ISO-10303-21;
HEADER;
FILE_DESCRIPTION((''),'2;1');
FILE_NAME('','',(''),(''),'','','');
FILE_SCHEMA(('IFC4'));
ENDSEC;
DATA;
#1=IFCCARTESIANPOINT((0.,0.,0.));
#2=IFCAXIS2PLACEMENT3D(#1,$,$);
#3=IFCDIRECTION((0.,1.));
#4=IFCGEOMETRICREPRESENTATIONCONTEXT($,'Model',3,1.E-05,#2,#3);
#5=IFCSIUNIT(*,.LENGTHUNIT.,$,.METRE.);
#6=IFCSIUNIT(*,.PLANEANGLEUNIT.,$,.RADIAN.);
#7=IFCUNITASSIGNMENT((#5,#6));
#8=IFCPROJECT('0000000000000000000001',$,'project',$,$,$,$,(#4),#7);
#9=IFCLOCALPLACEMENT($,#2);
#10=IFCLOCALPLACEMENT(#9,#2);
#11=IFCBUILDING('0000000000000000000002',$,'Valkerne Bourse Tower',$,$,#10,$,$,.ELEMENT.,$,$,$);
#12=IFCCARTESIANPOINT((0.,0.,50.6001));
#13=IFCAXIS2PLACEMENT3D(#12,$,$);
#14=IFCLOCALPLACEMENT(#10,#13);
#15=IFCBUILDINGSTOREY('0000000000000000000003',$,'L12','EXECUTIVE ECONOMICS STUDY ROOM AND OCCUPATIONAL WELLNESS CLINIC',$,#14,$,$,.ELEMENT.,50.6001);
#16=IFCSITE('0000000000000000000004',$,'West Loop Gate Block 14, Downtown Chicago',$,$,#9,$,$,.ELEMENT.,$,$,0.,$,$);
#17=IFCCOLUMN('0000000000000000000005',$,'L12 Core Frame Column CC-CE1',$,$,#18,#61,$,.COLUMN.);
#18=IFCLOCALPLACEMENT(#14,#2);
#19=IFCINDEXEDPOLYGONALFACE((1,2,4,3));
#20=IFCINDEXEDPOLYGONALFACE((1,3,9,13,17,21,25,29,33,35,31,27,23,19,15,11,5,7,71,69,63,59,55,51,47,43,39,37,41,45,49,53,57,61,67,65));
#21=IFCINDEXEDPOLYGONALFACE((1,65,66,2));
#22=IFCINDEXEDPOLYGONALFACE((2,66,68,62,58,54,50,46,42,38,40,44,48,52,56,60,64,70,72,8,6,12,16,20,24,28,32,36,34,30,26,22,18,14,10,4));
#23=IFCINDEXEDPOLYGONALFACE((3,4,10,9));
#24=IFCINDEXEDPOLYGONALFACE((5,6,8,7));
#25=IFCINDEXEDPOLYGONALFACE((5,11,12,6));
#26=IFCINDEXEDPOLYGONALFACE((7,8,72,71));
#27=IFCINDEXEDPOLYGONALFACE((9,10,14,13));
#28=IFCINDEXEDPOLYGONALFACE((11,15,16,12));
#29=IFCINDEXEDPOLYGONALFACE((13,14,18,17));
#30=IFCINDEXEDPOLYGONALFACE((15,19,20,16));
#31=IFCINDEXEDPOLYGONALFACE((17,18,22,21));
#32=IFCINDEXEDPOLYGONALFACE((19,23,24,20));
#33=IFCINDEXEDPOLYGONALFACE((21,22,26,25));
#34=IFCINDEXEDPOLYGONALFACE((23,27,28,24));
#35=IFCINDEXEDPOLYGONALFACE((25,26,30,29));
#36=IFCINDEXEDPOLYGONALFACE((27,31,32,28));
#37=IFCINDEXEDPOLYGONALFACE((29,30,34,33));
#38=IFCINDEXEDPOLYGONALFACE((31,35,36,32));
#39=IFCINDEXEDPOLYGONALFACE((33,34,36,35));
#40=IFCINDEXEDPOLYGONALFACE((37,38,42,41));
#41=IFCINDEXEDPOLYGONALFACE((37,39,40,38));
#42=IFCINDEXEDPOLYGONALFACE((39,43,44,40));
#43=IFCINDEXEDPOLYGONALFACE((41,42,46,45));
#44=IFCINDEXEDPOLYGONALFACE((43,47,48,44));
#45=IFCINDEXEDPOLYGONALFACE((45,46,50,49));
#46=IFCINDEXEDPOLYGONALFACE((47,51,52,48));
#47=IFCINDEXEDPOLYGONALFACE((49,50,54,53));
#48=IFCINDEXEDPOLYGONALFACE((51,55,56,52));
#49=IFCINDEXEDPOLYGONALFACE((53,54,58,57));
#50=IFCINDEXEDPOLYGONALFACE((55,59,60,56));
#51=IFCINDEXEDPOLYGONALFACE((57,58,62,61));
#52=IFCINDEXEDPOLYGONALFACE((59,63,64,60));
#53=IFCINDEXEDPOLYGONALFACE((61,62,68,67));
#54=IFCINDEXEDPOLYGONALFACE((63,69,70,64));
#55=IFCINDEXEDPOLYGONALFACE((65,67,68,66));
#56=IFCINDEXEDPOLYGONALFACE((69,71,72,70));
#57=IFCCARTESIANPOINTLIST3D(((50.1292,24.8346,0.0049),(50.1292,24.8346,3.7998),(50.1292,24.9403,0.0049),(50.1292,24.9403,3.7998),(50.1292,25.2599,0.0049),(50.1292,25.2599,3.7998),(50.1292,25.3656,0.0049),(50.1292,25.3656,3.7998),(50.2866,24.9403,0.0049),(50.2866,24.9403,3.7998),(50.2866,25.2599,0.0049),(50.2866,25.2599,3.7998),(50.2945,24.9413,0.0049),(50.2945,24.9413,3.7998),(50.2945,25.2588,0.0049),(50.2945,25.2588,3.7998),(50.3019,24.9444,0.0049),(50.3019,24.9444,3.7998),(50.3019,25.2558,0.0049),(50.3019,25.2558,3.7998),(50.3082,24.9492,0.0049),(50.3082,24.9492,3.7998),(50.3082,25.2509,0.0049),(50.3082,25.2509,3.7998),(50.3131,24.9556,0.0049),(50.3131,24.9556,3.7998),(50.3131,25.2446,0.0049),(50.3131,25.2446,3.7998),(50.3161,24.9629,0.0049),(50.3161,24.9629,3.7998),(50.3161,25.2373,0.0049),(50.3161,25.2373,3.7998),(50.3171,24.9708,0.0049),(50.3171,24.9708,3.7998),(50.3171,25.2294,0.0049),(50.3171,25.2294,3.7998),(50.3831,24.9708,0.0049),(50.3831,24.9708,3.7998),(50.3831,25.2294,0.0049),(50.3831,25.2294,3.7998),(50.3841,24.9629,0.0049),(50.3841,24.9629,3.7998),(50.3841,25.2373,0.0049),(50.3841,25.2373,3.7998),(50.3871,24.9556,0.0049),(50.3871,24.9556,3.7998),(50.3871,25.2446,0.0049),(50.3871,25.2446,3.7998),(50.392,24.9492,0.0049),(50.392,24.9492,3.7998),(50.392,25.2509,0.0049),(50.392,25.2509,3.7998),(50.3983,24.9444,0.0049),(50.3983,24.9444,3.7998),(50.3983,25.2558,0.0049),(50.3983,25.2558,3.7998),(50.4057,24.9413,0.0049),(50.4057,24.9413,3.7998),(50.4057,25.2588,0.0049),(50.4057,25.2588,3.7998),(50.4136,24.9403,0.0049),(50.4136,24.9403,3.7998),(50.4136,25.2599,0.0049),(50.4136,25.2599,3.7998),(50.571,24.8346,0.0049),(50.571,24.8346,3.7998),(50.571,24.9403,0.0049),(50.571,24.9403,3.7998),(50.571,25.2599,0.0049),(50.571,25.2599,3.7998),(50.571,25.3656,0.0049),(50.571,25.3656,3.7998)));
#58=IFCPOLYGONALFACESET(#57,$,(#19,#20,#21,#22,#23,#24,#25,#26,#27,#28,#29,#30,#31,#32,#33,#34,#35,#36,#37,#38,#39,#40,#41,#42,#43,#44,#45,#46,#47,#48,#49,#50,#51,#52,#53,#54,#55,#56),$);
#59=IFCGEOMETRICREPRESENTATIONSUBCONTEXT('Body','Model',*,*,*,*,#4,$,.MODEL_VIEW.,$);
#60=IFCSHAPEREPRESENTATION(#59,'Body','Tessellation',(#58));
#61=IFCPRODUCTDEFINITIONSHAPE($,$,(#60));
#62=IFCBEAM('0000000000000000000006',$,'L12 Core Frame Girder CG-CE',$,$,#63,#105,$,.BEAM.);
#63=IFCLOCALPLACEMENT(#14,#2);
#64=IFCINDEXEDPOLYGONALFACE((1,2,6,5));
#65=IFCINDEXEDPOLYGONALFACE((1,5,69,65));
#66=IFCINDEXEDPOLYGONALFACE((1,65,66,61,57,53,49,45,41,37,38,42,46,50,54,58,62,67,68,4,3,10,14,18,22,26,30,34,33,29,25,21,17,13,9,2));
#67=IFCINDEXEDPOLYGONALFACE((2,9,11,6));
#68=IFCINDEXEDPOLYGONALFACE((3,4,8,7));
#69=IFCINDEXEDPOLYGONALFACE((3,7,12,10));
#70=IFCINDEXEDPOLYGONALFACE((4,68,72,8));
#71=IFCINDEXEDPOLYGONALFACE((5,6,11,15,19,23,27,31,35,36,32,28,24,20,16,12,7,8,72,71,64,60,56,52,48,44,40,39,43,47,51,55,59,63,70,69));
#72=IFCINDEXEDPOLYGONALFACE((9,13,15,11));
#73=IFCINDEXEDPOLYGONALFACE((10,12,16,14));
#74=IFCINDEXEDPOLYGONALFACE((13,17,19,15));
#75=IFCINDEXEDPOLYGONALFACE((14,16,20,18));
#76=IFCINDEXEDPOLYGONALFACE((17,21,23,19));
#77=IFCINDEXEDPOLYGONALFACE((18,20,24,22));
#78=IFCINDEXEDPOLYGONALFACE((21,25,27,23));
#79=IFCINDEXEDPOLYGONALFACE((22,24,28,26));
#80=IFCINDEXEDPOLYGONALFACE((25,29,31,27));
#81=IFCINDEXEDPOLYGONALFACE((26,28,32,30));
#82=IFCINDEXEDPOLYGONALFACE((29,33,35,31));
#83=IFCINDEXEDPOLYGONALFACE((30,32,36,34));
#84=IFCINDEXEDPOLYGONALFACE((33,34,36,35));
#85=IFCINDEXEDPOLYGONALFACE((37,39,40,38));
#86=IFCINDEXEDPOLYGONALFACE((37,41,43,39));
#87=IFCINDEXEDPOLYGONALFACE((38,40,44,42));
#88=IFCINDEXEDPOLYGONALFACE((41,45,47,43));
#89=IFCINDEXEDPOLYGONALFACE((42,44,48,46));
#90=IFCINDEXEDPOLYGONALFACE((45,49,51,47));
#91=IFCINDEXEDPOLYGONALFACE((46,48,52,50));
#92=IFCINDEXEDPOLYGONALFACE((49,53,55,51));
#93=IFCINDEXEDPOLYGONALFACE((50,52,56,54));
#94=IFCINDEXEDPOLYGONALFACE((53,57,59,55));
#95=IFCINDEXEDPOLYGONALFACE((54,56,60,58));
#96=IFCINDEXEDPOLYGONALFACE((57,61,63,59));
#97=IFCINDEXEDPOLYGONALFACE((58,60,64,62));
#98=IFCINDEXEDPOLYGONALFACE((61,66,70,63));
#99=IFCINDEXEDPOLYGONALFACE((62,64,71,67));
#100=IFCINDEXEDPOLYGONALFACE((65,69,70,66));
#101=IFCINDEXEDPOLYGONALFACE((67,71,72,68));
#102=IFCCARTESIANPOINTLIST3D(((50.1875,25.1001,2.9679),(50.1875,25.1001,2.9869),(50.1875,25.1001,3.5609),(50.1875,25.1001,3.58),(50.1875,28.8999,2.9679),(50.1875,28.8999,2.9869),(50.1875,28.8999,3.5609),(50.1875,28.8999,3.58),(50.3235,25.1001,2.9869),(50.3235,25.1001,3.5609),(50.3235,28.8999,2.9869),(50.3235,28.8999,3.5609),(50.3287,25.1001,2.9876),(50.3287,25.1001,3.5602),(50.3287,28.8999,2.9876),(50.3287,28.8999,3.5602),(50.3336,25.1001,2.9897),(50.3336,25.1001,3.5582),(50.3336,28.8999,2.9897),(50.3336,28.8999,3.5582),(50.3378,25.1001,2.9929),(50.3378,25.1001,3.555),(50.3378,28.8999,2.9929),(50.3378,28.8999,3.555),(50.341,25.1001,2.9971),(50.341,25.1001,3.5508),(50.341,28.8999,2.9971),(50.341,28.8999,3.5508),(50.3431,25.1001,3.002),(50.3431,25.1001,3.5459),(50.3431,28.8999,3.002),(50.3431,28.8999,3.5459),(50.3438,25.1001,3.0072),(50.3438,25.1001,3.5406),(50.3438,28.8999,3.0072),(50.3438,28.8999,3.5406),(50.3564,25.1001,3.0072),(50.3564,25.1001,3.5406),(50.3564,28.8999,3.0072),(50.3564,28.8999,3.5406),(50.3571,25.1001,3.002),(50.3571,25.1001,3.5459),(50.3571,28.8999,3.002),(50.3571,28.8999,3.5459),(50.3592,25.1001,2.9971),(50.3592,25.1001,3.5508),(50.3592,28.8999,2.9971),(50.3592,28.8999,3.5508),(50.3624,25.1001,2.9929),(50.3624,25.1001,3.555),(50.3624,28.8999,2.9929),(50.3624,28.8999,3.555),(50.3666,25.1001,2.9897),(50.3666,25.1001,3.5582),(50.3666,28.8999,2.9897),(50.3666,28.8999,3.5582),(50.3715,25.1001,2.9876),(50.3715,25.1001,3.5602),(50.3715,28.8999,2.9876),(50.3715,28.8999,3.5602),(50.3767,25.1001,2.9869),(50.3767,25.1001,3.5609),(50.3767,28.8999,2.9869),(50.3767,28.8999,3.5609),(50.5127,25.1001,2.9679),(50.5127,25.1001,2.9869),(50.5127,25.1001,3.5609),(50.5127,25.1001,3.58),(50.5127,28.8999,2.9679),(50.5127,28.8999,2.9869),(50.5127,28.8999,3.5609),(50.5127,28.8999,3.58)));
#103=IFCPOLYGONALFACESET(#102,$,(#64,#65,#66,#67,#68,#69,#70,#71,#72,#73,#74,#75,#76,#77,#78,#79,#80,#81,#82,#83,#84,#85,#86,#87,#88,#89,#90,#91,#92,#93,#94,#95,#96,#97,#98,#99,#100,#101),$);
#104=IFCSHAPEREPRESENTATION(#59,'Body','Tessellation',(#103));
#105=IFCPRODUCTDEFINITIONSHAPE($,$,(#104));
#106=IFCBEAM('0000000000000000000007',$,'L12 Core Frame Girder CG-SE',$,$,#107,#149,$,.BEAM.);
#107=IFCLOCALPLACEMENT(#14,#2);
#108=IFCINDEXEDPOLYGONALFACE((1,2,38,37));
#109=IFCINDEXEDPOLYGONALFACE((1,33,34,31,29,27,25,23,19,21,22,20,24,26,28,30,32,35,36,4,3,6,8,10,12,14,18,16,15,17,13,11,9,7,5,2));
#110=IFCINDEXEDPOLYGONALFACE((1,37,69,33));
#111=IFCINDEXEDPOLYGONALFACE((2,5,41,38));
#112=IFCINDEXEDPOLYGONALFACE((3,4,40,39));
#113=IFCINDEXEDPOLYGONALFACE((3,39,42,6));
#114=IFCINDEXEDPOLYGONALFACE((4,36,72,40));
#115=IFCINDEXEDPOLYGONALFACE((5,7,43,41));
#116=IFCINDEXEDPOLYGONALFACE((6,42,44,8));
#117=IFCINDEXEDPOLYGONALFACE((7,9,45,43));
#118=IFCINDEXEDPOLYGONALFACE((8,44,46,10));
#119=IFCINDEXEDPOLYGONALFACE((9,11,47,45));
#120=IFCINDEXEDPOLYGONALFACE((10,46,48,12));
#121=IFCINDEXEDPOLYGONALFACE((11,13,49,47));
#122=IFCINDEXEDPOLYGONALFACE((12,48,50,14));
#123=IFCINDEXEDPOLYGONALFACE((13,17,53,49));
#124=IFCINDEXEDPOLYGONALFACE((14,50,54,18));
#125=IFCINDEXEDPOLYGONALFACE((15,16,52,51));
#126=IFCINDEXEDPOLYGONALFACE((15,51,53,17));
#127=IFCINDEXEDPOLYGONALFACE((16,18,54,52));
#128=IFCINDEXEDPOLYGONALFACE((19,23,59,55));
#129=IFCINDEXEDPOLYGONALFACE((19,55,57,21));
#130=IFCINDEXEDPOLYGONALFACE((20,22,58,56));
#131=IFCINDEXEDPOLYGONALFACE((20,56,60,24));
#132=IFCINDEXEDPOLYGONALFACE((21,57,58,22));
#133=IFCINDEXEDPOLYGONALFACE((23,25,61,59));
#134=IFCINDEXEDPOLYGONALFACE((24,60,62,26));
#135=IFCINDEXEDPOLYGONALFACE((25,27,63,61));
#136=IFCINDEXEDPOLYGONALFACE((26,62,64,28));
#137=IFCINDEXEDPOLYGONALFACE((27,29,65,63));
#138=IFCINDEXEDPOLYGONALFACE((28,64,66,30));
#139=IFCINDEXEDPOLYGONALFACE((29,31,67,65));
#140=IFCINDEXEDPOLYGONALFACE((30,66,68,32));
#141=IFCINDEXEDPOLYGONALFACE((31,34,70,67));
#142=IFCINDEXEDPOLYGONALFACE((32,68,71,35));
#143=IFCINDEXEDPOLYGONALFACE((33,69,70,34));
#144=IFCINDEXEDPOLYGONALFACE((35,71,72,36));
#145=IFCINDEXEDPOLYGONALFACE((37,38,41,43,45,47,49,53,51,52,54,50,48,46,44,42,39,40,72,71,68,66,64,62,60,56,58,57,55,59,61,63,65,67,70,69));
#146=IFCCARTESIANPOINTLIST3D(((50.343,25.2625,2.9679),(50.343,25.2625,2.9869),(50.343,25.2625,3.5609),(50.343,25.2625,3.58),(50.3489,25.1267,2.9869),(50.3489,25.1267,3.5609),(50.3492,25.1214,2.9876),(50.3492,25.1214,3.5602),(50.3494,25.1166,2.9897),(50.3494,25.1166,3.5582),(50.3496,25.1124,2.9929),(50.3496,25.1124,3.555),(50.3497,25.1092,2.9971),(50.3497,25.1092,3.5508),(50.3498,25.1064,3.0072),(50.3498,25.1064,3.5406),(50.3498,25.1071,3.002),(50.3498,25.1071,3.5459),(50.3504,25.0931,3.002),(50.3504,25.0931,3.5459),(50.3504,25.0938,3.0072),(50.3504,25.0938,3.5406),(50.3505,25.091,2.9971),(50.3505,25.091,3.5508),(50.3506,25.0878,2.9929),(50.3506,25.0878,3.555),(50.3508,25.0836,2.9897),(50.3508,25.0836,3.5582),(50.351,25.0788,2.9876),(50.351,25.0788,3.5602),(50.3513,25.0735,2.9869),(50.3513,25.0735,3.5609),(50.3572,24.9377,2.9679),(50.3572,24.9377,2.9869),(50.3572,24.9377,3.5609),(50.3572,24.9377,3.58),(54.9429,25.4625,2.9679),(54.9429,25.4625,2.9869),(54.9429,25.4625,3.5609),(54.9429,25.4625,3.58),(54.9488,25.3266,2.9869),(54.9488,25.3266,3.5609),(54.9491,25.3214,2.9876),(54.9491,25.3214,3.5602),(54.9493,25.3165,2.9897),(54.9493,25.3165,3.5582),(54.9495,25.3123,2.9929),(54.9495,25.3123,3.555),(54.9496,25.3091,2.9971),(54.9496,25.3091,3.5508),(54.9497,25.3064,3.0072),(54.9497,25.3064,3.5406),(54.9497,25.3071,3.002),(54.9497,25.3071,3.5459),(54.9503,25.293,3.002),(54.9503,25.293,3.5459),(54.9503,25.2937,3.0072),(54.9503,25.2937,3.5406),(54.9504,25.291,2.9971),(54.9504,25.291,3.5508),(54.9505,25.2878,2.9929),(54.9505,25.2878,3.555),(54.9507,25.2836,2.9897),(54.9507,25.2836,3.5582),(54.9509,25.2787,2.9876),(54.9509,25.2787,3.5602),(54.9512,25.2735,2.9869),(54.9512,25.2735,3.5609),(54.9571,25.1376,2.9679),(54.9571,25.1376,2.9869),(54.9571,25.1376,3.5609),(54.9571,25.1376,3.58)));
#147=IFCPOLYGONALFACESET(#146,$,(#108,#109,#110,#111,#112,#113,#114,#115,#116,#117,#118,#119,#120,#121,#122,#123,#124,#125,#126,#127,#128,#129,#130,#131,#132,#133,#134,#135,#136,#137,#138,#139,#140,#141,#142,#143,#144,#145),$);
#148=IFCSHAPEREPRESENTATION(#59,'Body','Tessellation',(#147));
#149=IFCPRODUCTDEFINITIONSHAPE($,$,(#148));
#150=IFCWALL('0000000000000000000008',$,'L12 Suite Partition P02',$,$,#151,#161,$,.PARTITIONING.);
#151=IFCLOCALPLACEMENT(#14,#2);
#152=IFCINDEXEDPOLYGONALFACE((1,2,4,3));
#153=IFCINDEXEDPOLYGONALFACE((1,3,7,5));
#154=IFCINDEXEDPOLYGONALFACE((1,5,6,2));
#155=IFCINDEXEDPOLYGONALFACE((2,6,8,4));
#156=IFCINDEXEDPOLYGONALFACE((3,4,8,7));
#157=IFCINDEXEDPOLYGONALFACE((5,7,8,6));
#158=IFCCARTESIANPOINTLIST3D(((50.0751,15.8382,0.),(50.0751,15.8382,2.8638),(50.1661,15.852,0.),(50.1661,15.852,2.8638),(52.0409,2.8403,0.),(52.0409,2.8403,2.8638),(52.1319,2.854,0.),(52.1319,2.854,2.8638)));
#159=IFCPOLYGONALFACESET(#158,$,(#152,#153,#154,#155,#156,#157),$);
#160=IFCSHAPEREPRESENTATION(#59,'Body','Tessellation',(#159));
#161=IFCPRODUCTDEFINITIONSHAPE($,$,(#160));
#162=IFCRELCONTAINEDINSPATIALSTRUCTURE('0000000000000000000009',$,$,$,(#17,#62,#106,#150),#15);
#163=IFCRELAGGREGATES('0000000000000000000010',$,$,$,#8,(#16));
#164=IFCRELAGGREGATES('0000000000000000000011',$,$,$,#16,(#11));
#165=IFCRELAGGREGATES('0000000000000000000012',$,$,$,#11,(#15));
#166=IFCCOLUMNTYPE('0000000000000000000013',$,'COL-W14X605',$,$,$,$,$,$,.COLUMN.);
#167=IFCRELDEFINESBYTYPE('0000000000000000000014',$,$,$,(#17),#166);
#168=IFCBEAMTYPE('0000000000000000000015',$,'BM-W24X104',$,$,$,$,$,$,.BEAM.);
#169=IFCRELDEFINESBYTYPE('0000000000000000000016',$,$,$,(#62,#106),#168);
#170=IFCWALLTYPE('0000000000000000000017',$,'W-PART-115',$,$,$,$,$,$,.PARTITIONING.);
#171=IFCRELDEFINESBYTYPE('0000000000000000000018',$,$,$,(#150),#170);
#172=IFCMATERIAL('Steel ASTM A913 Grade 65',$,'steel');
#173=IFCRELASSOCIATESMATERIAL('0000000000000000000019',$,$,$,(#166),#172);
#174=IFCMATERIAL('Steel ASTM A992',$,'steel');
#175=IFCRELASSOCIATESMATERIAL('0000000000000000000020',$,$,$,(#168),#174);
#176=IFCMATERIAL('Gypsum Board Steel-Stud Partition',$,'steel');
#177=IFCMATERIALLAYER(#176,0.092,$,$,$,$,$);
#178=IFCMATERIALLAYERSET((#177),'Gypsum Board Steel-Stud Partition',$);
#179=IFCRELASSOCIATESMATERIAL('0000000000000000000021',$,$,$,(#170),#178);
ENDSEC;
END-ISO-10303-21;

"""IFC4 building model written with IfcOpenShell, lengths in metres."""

from ifc_helpers import new_model, si_unit, direction, frame, frame_2d, origin, origin_2d, place, context, subcontext, project, spatial, rectangle, i_section, extrude, material, layer, layer_set, material_profile, profile_set, type_object, element, save


model = new_model("IFC4")

# Units and contexts
model_context = context("Model", 3, precision=1e-05, world=origin(), true_north=direction((0.0, 1.0)))
body_context = subcontext(model_context, "Body", "Model", "MODEL_VIEW")
ifc_project = project(units=[si_unit("LENGTHUNIT", "METRE"), si_unit("PLANEANGLEUNIT", "RADIAN")], contexts=[model_context])

# Site, building, storey
site_placement = place(None, origin())
site = spatial("IfcSite", under=ifc_project, at=site_placement, Name="West Loop Gate Block 14, Downtown Chicago", CompositionType="ELEMENT", RefElevation=0.0)
building_placement = place(site_placement, origin())
building = spatial("IfcBuilding", under=site, at=building_placement, Name="Valkerne Bourse Tower", CompositionType="ELEMENT")
storey_placement = place(building_placement, frame((0.0, 0.0, 50.6001)))
storey = spatial("IfcBuildingStorey", under=building, at=storey_placement, Name="L12", Description="EXECUTIVE ECONOMICS STUDY ROOM AND OCCUPATIONAL WELLNESS CLINIC", CompositionType="ELEMENT", Elevation=50.6001)

# Column
ifc_material_1 = material(Name="Steel ASTM A913 Grade 65", Category="steel")
ifc_material_profile_1 = material_profile(ifc_material_1, i_section(OverallWidth=0.4419, OverallDepth=0.531, WebThickness=0.0659, FlangeThickness=0.1057, FilletRadius=0.0305, at=origin_2d()), Name="W14X605")
ifc_profile_set_1 = profile_set([ifc_material_profile_1], Name="Steel ASTM A913 Grade 65")
column_type = type_object("IfcColumnType", Name="COL-W14X605", PredefinedType="COLUMN", material=ifc_profile_set_1)
column_placement = place(storey_placement, frame((50.3501, 25.1001, 0.0049), z_axis=(0.0, 0.0, 1.0), x_axis=(1.0, 0.0, 0.0)))
element("IfcColumn", 1, at=column_placement, inside=storey, type_object=column_type, Name="L12 Core Frame Column CC-CE1", PredefinedType="COLUMN", context=body_context, shape_type="SweptSolid", body=[
    extrude(i_section(OverallWidth=0.4419, OverallDepth=0.531, WebThickness=0.0659, FlangeThickness=0.1057, FilletRadius=0.0305, at=origin_2d()), origin(), (0.0, 0.0, 1.0), 3.7949),
])

# Beams
ifc_material_2 = material(Name="Steel ASTM A992", Category="steel")
ifc_material_profile_2 = material_profile(ifc_material_2, i_section(OverallWidth=0.3252, OverallDepth=0.6121, WebThickness=0.0127, FlangeThickness=0.019, FilletRadius=0.0203, at=origin_2d()), Name="W24X104")
ifc_profile_set_2 = profile_set([ifc_material_profile_2], Name="Steel ASTM A992")
beam_type = type_object("IfcBeamType", Name="BM-W24X104", PredefinedType="BEAM", material=ifc_profile_set_2)
beam_1_placement = place(storey_placement, frame((50.3501, 25.1001, 3.2739), z_axis=(0.0, 1.0, 0.0), x_axis=(-1.0, 0.0, 0.0)))
element("IfcBeam", 2, at=beam_1_placement, inside=storey, type_object=beam_type, Name="L12 Core Frame Girder CG-CE", PredefinedType="BEAM", context=body_context, shape_type="SweptSolid", body=[
    extrude(i_section(OverallWidth=0.3252, OverallDepth=0.6121, WebThickness=0.0127, FlangeThickness=0.019, FilletRadius=0.0203, at=origin_2d()), origin(), (0.0, 0.0, 1.0), 3.7998),
])
beam_2_placement = place(storey_placement, frame((50.3501, 25.1001, 3.2739), z_axis=(0.999057, 0.043428, 0.0), x_axis=(-0.043428, 0.999057, 0.0)))
element("IfcBeam", 3, at=beam_2_placement, inside=storey, type_object=beam_type, Name="L12 Core Frame Girder CG-SE", PredefinedType="BEAM", context=body_context, shape_type="SweptSolid", body=[
    extrude(i_section(OverallWidth=0.3252, OverallDepth=0.6121, WebThickness=0.0127, FlangeThickness=0.019, FilletRadius=0.0203, at=origin_2d()), origin(), (0.0, 0.0, 1.0), 4.6042),
])

# Wall
ifc_material_3 = material(Name="Gypsum Board Steel-Stud Partition", Category="steel")
ifc_layer_1 = layer(ifc_material_3, 0.092)
ifc_layer_set_1 = layer_set([ifc_layer_1], Name="Gypsum Board Steel-Stud Partition")
wall_type_1 = type_object("IfcWallType", Name="W-PART-115", PredefinedType="PARTITIONING", material=ifc_layer_set_1)
wall_1_placement = place(storey_placement, frame((50.1206, 15.845, 0.0), z_axis=(0.0, 0.0, 1.0), x_axis=(0.149539, -0.988756, 0.0)))
element("IfcWall", 4, at=wall_1_placement, inside=storey, type_object=wall_type_1, Name="L12 Suite Partition P02", PredefinedType="PARTITIONING", context=body_context, shape_type="SweptSolid", body=[
    extrude(rectangle(XDim=13.1458, YDim=0.092, at=frame_2d((6.5728, 0.0))), origin(), (0.0, 0.0, 1.0), 2.8638),
])

save(model, "model.ifc")
